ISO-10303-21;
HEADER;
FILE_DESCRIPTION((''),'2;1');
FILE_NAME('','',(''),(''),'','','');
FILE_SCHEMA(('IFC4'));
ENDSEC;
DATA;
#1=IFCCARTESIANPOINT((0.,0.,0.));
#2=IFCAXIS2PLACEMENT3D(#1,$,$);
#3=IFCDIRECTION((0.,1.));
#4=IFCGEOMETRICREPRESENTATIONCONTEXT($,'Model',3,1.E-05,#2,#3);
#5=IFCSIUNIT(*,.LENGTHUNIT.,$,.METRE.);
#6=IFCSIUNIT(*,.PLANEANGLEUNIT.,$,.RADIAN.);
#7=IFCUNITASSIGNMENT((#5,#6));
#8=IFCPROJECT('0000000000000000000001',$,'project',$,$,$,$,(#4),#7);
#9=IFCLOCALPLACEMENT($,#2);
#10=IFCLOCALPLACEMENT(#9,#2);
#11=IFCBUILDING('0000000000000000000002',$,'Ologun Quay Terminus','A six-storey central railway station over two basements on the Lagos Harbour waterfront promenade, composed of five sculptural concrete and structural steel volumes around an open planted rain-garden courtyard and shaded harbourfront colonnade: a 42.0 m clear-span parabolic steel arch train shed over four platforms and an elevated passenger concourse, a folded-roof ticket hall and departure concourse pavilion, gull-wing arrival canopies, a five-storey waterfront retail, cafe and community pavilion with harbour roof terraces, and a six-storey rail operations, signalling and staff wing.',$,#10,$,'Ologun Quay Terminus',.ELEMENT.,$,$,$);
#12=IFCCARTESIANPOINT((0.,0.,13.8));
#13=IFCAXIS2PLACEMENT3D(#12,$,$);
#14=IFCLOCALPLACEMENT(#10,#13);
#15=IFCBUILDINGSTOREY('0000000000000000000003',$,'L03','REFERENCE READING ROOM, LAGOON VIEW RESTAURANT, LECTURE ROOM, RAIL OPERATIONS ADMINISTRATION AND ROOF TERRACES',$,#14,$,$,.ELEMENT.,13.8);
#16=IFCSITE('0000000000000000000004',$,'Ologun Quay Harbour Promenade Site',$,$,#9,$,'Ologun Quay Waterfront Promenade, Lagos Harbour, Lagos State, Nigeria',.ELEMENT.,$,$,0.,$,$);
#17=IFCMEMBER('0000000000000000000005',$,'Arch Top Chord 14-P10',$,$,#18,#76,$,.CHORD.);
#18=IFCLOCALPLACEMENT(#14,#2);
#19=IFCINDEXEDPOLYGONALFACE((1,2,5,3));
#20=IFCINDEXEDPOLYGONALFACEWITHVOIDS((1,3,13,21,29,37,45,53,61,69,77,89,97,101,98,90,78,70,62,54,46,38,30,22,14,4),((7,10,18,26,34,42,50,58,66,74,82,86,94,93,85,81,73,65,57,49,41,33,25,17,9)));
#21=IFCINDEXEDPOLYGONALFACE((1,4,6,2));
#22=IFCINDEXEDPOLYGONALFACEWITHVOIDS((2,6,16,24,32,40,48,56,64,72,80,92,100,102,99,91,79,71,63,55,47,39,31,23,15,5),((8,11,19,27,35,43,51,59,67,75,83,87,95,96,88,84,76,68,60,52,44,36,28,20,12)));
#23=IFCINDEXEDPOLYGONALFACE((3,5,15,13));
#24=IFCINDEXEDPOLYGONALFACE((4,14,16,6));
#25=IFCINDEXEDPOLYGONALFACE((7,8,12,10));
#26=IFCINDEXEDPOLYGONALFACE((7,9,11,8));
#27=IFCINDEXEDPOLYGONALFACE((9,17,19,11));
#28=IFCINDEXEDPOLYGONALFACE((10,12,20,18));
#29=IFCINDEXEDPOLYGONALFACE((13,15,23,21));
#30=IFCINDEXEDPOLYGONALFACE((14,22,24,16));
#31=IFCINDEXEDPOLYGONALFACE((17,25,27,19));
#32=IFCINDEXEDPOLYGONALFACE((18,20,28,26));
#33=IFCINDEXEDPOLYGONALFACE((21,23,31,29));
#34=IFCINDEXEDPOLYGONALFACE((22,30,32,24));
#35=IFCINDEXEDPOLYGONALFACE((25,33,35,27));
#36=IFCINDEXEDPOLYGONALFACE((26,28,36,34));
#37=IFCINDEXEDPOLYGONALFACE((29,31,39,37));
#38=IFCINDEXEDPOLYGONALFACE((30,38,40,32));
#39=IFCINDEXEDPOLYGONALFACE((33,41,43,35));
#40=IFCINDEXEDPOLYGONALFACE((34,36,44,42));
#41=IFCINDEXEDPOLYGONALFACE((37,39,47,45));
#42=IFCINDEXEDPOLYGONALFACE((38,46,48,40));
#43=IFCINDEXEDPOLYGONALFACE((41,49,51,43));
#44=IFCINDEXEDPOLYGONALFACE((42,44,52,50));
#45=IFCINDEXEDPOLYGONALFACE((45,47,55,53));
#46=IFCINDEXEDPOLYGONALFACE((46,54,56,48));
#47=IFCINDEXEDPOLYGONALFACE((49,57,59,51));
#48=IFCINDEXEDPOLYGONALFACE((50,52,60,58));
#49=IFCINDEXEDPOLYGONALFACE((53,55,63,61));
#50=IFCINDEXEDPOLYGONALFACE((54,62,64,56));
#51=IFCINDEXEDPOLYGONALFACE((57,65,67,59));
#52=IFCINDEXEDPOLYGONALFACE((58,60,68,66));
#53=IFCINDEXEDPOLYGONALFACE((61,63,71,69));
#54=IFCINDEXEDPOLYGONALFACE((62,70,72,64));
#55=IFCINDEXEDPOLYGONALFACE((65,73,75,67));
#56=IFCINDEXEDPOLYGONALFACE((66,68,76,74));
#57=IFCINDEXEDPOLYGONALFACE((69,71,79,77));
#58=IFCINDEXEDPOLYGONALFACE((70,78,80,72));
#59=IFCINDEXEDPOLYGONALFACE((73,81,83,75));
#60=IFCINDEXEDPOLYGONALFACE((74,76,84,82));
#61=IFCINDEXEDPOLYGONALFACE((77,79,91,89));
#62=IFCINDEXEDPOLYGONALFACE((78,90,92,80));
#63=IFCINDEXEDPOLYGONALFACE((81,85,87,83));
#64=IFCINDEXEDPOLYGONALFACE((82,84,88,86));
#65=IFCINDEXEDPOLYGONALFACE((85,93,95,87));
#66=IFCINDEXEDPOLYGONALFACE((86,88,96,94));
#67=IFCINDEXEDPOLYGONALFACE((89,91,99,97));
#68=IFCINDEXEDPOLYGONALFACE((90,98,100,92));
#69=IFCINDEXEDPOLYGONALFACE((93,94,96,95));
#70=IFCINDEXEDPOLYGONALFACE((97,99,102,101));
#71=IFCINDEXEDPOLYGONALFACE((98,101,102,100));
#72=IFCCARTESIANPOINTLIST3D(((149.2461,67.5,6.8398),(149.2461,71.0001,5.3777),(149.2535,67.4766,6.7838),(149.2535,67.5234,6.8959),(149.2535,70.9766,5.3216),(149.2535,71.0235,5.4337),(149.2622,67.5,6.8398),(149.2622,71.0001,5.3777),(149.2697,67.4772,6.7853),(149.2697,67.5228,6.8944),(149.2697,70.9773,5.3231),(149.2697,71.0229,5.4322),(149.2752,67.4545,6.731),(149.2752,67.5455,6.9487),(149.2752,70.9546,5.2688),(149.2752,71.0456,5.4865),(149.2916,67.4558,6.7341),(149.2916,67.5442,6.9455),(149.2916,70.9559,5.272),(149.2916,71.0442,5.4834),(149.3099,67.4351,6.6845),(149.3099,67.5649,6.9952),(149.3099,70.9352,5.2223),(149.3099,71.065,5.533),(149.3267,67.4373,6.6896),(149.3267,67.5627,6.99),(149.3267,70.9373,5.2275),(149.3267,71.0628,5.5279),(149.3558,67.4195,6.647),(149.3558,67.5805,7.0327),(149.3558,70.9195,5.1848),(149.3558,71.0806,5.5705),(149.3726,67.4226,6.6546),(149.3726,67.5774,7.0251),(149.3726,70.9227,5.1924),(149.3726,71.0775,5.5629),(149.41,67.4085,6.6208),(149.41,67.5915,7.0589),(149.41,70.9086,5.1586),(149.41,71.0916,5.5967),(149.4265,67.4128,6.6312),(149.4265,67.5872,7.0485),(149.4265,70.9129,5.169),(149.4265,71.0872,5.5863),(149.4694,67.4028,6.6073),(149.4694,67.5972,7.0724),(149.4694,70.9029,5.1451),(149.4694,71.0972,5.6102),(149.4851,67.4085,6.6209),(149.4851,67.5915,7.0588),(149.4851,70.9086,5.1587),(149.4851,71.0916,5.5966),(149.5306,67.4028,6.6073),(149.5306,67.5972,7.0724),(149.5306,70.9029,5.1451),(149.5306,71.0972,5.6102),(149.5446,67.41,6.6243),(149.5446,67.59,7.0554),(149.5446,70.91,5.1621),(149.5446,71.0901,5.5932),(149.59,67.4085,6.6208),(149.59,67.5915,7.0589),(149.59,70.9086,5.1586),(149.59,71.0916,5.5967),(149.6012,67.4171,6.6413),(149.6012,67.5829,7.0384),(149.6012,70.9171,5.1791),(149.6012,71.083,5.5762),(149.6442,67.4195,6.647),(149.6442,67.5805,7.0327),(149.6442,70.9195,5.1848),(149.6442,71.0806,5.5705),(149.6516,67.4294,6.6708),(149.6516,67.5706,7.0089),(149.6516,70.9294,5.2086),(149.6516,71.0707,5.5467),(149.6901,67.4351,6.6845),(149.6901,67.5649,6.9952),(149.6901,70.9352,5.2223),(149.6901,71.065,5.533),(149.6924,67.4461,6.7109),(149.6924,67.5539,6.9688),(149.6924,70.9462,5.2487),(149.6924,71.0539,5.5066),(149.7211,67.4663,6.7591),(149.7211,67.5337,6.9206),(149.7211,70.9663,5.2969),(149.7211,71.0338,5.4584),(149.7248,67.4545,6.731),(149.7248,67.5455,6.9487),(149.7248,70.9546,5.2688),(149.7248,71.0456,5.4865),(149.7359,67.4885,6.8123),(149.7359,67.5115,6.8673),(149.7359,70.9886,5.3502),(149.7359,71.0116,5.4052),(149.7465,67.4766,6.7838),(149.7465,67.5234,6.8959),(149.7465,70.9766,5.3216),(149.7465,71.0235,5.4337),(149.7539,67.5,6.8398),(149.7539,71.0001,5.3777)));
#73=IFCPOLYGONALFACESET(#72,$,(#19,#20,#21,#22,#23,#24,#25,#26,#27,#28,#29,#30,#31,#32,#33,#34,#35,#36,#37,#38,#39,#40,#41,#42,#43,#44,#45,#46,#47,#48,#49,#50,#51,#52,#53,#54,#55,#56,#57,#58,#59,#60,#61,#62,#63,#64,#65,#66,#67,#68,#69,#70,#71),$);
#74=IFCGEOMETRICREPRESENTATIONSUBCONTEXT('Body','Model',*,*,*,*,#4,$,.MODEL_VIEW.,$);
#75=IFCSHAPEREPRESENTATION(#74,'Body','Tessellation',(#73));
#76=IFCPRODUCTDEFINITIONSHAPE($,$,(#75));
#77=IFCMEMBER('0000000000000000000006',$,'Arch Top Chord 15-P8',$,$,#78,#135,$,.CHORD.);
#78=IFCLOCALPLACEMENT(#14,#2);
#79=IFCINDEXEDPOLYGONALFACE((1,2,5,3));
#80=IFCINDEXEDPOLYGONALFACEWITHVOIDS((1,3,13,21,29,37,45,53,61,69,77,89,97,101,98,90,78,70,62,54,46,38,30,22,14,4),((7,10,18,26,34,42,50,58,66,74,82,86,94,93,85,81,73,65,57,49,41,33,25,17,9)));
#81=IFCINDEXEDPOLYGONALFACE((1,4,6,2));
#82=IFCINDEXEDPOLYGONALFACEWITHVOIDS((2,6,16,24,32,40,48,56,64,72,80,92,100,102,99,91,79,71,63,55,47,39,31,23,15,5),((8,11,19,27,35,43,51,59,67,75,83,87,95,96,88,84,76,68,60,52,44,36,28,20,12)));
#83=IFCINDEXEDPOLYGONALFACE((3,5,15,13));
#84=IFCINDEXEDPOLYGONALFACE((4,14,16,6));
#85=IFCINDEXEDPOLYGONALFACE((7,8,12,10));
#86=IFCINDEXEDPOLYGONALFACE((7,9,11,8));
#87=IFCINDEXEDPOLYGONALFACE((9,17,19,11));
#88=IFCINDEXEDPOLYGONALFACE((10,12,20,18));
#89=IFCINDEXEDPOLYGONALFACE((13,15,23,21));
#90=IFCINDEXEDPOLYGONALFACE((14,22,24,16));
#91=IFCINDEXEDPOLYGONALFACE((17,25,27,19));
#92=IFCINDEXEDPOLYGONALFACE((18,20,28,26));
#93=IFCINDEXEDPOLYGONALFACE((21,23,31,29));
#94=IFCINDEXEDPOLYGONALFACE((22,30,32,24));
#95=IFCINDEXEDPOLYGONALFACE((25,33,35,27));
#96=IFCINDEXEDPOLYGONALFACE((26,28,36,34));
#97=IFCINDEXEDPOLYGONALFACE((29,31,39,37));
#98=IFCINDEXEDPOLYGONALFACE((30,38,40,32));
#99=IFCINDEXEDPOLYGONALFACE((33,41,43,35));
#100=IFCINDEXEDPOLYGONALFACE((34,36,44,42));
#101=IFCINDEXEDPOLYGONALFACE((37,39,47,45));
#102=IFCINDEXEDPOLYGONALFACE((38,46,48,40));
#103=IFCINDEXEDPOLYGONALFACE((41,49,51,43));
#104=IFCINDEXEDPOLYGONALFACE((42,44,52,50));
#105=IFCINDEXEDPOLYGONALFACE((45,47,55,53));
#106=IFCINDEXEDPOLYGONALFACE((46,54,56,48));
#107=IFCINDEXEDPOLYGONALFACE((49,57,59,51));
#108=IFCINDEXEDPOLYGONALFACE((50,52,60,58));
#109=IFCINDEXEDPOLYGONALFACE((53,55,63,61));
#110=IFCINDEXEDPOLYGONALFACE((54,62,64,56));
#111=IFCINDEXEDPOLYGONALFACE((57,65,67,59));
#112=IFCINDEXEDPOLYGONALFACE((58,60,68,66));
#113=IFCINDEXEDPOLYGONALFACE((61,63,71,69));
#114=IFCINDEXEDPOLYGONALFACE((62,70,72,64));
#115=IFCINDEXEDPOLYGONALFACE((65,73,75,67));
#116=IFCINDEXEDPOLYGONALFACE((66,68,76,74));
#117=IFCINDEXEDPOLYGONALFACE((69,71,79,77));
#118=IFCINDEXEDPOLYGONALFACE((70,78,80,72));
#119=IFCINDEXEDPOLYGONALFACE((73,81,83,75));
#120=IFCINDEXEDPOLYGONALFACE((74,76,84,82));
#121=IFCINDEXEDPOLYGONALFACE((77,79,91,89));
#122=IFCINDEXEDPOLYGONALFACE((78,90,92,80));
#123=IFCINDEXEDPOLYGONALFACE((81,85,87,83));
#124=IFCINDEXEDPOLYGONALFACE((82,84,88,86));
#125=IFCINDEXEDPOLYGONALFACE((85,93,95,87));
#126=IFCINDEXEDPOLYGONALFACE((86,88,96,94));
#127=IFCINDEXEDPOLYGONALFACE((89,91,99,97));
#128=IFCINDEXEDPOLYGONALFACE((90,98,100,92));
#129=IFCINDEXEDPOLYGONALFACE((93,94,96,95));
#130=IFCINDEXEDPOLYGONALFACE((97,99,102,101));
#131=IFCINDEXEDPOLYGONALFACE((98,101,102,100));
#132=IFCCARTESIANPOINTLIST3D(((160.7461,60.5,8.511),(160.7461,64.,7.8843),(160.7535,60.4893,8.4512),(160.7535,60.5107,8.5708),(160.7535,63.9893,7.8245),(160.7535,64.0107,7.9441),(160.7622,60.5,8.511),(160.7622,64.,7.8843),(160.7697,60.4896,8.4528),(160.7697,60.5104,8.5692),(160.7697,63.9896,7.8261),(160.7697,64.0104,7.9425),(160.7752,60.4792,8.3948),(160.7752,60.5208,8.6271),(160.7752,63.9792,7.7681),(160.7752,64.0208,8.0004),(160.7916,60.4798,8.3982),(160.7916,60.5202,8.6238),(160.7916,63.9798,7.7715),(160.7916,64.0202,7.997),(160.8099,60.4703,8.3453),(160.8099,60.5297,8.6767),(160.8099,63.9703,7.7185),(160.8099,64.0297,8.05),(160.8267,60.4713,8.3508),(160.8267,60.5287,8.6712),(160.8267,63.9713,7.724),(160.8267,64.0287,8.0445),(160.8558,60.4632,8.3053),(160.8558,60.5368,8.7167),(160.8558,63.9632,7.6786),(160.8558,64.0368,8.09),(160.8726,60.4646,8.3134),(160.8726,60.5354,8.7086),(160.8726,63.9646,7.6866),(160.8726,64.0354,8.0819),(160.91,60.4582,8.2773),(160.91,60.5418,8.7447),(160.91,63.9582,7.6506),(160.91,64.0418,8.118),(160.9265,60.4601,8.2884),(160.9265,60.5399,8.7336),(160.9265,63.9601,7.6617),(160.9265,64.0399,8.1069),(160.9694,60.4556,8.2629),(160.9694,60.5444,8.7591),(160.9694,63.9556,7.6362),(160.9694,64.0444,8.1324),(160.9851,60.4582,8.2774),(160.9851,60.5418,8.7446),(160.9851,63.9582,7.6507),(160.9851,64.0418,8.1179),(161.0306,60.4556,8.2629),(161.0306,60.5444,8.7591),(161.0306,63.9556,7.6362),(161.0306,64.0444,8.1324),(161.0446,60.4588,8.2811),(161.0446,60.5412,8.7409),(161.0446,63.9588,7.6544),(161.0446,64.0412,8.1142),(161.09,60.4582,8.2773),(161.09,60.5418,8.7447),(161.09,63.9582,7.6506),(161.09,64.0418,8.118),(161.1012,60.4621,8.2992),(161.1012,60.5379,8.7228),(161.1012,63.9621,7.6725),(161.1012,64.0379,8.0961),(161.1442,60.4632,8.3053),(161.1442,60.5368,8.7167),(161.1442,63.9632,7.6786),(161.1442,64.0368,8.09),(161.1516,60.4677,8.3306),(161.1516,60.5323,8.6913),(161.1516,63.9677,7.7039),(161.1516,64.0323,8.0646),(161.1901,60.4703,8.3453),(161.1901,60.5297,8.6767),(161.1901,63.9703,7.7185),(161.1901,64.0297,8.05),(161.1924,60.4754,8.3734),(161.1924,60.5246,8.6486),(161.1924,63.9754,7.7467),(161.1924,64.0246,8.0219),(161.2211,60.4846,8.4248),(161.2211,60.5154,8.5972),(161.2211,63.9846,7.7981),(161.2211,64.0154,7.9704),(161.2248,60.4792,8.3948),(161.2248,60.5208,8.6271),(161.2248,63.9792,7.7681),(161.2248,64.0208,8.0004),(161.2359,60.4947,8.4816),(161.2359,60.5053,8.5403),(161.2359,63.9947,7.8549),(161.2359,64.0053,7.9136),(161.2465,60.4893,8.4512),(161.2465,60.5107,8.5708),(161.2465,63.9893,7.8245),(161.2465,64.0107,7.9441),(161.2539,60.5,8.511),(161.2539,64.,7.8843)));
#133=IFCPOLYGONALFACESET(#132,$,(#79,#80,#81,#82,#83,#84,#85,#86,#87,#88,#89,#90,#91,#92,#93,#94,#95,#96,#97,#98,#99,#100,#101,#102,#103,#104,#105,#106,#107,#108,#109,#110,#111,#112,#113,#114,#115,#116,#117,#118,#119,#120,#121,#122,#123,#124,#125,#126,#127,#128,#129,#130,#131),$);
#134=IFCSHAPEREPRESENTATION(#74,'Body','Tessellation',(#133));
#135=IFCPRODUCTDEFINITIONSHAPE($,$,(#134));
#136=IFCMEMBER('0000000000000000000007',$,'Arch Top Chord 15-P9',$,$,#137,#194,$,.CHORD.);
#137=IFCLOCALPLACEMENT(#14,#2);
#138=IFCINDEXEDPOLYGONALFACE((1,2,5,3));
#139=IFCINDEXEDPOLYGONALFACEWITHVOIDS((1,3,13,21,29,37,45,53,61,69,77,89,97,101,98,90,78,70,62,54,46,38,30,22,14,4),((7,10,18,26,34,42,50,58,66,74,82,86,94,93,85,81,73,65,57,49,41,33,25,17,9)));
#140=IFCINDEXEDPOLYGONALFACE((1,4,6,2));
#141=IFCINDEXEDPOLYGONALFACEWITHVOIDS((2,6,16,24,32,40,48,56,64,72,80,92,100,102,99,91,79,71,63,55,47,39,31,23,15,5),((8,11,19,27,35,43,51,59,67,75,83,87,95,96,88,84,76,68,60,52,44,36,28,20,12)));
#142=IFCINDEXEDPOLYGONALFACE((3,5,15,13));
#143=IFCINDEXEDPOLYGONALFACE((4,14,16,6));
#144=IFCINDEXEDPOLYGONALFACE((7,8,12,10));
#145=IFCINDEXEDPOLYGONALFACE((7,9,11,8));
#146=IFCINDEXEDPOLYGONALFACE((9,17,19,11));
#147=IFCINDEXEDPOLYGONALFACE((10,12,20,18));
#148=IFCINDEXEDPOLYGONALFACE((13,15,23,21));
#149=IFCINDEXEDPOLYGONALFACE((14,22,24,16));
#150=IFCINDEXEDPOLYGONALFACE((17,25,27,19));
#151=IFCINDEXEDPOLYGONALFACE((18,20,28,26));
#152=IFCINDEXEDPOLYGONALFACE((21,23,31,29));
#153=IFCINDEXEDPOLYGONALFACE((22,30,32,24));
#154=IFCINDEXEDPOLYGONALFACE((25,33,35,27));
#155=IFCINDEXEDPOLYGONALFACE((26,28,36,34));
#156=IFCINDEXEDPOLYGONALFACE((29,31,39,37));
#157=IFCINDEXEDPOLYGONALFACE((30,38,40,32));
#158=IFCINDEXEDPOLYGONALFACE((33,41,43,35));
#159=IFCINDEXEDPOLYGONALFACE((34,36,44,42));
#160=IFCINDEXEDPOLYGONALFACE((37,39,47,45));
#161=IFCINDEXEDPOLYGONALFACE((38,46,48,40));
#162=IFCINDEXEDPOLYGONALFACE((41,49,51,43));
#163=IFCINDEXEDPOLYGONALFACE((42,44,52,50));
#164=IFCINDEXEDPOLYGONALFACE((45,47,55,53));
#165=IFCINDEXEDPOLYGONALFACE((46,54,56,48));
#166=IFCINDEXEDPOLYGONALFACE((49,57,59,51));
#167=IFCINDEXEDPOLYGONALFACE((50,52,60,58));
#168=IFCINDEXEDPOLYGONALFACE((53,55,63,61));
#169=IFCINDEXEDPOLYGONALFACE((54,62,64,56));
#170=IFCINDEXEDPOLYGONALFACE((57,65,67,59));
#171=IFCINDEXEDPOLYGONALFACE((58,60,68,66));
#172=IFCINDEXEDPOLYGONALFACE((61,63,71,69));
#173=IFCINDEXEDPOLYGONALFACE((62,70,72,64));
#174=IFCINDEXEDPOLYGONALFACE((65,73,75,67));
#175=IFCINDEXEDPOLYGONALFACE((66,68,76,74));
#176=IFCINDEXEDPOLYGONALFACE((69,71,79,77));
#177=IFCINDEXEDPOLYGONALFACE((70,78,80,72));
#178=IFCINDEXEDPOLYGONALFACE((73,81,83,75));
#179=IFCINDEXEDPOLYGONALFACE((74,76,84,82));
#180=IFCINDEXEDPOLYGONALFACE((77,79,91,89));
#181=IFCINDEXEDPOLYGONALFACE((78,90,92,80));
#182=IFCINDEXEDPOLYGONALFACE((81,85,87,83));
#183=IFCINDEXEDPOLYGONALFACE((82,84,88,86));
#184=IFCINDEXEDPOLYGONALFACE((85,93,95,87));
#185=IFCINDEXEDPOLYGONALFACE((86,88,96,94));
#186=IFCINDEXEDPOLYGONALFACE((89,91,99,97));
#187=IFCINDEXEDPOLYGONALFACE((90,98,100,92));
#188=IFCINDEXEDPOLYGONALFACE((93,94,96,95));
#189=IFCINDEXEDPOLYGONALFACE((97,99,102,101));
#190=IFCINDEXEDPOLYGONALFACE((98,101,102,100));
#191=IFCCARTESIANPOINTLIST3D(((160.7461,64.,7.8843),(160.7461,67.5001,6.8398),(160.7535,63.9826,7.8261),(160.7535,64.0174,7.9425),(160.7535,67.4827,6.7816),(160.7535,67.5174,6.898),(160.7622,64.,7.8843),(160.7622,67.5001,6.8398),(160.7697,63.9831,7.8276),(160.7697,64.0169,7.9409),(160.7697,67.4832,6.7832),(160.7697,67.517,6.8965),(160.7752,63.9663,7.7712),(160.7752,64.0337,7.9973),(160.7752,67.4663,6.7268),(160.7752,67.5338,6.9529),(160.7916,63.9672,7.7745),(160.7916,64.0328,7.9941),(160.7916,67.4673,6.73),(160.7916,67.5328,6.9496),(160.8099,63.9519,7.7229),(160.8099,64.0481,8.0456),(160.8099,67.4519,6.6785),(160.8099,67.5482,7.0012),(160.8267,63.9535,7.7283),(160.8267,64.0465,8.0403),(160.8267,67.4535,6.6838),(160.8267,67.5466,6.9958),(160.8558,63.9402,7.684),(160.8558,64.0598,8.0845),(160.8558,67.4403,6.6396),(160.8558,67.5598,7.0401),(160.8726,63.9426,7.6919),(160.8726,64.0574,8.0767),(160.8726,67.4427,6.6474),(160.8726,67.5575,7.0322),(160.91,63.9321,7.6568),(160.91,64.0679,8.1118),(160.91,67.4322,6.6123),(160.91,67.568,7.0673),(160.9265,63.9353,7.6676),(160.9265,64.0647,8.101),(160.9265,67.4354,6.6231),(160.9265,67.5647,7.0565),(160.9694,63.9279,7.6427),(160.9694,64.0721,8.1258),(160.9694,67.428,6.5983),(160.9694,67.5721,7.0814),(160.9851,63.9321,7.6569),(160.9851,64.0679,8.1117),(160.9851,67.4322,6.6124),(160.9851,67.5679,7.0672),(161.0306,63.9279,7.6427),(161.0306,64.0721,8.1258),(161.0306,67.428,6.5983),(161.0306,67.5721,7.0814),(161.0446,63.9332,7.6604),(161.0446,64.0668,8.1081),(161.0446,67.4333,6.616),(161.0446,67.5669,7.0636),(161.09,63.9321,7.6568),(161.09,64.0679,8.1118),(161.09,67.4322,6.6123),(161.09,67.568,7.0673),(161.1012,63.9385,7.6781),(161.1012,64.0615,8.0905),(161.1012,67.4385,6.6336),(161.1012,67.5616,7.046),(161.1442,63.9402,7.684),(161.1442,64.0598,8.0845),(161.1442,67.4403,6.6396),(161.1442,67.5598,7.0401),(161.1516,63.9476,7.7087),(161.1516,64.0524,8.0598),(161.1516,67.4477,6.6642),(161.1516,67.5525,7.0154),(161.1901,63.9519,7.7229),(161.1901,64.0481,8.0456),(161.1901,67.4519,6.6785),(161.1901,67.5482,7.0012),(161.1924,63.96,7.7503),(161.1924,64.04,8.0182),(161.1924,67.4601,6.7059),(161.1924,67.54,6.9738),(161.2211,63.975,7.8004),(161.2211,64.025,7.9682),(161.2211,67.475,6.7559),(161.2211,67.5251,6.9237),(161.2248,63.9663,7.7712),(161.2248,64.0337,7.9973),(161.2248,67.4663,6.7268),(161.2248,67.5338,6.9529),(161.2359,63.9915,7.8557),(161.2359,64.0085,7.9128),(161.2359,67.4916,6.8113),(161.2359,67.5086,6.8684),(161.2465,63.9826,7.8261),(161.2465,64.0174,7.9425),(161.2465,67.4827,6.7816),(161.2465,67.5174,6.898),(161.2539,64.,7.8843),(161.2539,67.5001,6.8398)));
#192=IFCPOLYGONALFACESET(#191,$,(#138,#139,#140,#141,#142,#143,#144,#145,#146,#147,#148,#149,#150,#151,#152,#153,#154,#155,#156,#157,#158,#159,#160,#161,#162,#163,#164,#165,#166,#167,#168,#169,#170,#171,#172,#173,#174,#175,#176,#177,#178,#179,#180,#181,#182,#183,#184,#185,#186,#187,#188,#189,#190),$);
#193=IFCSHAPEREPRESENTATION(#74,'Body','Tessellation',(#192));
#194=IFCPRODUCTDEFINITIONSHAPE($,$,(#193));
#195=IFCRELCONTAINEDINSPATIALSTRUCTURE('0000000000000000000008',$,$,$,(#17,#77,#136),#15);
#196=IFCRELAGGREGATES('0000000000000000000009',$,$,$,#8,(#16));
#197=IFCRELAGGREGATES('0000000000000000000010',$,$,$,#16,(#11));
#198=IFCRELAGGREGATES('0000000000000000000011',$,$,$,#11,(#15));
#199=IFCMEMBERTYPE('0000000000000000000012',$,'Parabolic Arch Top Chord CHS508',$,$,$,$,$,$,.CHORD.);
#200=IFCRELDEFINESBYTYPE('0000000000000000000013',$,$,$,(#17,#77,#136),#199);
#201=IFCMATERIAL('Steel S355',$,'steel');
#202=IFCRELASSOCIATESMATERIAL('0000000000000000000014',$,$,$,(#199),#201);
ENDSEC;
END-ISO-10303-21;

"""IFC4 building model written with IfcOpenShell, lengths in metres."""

from ifc_helpers import new_model, si_unit, direction, frame, origin, origin_2d, place, context, subcontext, project, spatial, hollow_circle, extrude, material, material_profile, profile_set, type_object, element, save


model = new_model("IFC4")

# Units and contexts
model_context = context("Model", 3, precision=1e-05, world=origin(), true_north=direction((0.0, 1.0)))
body_context = subcontext(model_context, "Body", "Model", "MODEL_VIEW")
ifc_project = project(units=[si_unit("LENGTHUNIT", "METRE"), si_unit("PLANEANGLEUNIT", "RADIAN")], contexts=[model_context])

# Site, building, storey
site_placement = place(None, origin())
site = spatial("IfcSite", under=ifc_project, at=site_placement, Name="Ologun Quay Harbour Promenade Site", LongName="Ologun Quay Waterfront Promenade, Lagos Harbour, Lagos State, Nigeria", CompositionType="ELEMENT", RefElevation=0.0)
building_placement = place(site_placement, origin())
building = spatial("IfcBuilding", under=site, at=building_placement, Name="Ologun Quay Terminus", Description="A six-storey central railway station over two basements on the Lagos Harbour waterfront promenade, composed of five sculptural concrete and structural steel volumes around an open planted rain-garden courtyard and shaded harbourfront colonnade: a 42.0 m clear-span parabolic steel arch train shed over four platforms and an elevated passenger concourse, a folded-roof ticket hall and departure concourse pavilion, gull-wing arrival canopies, a five-storey waterfront retail, cafe and community pavilion with harbour roof terraces, and a six-storey rail operations, signalling and staff wing.", LongName="Ologun Quay Terminus", CompositionType="ELEMENT")
storey_placement = place(building_placement, frame((0.0, 0.0, 13.8)))
storey = spatial("IfcBuildingStorey", under=building, at=storey_placement, Name="L03", Description="REFERENCE READING ROOM, LAGOON VIEW RESTAURANT, LECTURE ROOM, RAIL OPERATIONS ADMINISTRATION AND ROOF TERRACES", CompositionType="ELEMENT", Elevation=13.8)

# Members
ifc_material_1 = material(Name="Steel S355", Category="steel")
ifc_material_profile_1 = material_profile(ifc_material_1, hollow_circle(Radius=0.2539, WallThickness=0.0161, at=origin_2d()), Name="CHS 508x16")
ifc_profile_set_1 = profile_set([ifc_material_profile_1], Name="Steel S355")
member_type_1 = type_object("IfcMemberType", Name="Parabolic Arch Top Chord CHS508", PredefinedType="CHORD", material=ifc_profile_set_1)
member_1_placement = place(storey_placement, frame((149.5, 67.5, 6.8398), z_axis=(0.0, 0.922719, -0.385474), x_axis=(-1.0, 0.0, 0.0)))
element("IfcMember", 1, at=member_1_placement, inside=storey, type_object=member_type_1, Name="Arch Top Chord 14-P10", PredefinedType="CHORD", context=body_context, shape_type="SweptSolid", body=[
    extrude(hollow_circle(Radius=0.2539, WallThickness=0.0161, at=origin_2d()), origin(), (0.0, 0.0, 1.0), 3.7932),
])
member_2_placement = place(storey_placement, frame((161.0, 60.5, 8.511), z_axis=(0.0, 0.984344, -0.176256), x_axis=(-1.0, 0.0, 0.0)))
element("IfcMember", 2, at=member_2_placement, inside=storey, type_object=member_type_1, Name="Arch Top Chord 15-P8", PredefinedType="CHORD", context=body_context, shape_type="SweptSolid", body=[
    extrude(hollow_circle(Radius=0.2539, WallThickness=0.0161, at=origin_2d()), origin(), (0.0, 0.0, 1.0), 3.5557),
])
member_3_placement = place(storey_placement, frame((161.0, 64.0, 7.8843), z_axis=(0.0, 0.958245, -0.285949), x_axis=(-1.0, 0.0, 0.0)))
element("IfcMember", 3, at=member_3_placement, inside=storey, type_object=member_type_1, Name="Arch Top Chord 15-P9", PredefinedType="CHORD", context=body_context, shape_type="SweptSolid", body=[
    extrude(hollow_circle(Radius=0.2539, WallThickness=0.0161, at=origin_2d()), origin(), (0.0, 0.0, 1.0), 3.6526),
])

save(model, "model.ifc")
